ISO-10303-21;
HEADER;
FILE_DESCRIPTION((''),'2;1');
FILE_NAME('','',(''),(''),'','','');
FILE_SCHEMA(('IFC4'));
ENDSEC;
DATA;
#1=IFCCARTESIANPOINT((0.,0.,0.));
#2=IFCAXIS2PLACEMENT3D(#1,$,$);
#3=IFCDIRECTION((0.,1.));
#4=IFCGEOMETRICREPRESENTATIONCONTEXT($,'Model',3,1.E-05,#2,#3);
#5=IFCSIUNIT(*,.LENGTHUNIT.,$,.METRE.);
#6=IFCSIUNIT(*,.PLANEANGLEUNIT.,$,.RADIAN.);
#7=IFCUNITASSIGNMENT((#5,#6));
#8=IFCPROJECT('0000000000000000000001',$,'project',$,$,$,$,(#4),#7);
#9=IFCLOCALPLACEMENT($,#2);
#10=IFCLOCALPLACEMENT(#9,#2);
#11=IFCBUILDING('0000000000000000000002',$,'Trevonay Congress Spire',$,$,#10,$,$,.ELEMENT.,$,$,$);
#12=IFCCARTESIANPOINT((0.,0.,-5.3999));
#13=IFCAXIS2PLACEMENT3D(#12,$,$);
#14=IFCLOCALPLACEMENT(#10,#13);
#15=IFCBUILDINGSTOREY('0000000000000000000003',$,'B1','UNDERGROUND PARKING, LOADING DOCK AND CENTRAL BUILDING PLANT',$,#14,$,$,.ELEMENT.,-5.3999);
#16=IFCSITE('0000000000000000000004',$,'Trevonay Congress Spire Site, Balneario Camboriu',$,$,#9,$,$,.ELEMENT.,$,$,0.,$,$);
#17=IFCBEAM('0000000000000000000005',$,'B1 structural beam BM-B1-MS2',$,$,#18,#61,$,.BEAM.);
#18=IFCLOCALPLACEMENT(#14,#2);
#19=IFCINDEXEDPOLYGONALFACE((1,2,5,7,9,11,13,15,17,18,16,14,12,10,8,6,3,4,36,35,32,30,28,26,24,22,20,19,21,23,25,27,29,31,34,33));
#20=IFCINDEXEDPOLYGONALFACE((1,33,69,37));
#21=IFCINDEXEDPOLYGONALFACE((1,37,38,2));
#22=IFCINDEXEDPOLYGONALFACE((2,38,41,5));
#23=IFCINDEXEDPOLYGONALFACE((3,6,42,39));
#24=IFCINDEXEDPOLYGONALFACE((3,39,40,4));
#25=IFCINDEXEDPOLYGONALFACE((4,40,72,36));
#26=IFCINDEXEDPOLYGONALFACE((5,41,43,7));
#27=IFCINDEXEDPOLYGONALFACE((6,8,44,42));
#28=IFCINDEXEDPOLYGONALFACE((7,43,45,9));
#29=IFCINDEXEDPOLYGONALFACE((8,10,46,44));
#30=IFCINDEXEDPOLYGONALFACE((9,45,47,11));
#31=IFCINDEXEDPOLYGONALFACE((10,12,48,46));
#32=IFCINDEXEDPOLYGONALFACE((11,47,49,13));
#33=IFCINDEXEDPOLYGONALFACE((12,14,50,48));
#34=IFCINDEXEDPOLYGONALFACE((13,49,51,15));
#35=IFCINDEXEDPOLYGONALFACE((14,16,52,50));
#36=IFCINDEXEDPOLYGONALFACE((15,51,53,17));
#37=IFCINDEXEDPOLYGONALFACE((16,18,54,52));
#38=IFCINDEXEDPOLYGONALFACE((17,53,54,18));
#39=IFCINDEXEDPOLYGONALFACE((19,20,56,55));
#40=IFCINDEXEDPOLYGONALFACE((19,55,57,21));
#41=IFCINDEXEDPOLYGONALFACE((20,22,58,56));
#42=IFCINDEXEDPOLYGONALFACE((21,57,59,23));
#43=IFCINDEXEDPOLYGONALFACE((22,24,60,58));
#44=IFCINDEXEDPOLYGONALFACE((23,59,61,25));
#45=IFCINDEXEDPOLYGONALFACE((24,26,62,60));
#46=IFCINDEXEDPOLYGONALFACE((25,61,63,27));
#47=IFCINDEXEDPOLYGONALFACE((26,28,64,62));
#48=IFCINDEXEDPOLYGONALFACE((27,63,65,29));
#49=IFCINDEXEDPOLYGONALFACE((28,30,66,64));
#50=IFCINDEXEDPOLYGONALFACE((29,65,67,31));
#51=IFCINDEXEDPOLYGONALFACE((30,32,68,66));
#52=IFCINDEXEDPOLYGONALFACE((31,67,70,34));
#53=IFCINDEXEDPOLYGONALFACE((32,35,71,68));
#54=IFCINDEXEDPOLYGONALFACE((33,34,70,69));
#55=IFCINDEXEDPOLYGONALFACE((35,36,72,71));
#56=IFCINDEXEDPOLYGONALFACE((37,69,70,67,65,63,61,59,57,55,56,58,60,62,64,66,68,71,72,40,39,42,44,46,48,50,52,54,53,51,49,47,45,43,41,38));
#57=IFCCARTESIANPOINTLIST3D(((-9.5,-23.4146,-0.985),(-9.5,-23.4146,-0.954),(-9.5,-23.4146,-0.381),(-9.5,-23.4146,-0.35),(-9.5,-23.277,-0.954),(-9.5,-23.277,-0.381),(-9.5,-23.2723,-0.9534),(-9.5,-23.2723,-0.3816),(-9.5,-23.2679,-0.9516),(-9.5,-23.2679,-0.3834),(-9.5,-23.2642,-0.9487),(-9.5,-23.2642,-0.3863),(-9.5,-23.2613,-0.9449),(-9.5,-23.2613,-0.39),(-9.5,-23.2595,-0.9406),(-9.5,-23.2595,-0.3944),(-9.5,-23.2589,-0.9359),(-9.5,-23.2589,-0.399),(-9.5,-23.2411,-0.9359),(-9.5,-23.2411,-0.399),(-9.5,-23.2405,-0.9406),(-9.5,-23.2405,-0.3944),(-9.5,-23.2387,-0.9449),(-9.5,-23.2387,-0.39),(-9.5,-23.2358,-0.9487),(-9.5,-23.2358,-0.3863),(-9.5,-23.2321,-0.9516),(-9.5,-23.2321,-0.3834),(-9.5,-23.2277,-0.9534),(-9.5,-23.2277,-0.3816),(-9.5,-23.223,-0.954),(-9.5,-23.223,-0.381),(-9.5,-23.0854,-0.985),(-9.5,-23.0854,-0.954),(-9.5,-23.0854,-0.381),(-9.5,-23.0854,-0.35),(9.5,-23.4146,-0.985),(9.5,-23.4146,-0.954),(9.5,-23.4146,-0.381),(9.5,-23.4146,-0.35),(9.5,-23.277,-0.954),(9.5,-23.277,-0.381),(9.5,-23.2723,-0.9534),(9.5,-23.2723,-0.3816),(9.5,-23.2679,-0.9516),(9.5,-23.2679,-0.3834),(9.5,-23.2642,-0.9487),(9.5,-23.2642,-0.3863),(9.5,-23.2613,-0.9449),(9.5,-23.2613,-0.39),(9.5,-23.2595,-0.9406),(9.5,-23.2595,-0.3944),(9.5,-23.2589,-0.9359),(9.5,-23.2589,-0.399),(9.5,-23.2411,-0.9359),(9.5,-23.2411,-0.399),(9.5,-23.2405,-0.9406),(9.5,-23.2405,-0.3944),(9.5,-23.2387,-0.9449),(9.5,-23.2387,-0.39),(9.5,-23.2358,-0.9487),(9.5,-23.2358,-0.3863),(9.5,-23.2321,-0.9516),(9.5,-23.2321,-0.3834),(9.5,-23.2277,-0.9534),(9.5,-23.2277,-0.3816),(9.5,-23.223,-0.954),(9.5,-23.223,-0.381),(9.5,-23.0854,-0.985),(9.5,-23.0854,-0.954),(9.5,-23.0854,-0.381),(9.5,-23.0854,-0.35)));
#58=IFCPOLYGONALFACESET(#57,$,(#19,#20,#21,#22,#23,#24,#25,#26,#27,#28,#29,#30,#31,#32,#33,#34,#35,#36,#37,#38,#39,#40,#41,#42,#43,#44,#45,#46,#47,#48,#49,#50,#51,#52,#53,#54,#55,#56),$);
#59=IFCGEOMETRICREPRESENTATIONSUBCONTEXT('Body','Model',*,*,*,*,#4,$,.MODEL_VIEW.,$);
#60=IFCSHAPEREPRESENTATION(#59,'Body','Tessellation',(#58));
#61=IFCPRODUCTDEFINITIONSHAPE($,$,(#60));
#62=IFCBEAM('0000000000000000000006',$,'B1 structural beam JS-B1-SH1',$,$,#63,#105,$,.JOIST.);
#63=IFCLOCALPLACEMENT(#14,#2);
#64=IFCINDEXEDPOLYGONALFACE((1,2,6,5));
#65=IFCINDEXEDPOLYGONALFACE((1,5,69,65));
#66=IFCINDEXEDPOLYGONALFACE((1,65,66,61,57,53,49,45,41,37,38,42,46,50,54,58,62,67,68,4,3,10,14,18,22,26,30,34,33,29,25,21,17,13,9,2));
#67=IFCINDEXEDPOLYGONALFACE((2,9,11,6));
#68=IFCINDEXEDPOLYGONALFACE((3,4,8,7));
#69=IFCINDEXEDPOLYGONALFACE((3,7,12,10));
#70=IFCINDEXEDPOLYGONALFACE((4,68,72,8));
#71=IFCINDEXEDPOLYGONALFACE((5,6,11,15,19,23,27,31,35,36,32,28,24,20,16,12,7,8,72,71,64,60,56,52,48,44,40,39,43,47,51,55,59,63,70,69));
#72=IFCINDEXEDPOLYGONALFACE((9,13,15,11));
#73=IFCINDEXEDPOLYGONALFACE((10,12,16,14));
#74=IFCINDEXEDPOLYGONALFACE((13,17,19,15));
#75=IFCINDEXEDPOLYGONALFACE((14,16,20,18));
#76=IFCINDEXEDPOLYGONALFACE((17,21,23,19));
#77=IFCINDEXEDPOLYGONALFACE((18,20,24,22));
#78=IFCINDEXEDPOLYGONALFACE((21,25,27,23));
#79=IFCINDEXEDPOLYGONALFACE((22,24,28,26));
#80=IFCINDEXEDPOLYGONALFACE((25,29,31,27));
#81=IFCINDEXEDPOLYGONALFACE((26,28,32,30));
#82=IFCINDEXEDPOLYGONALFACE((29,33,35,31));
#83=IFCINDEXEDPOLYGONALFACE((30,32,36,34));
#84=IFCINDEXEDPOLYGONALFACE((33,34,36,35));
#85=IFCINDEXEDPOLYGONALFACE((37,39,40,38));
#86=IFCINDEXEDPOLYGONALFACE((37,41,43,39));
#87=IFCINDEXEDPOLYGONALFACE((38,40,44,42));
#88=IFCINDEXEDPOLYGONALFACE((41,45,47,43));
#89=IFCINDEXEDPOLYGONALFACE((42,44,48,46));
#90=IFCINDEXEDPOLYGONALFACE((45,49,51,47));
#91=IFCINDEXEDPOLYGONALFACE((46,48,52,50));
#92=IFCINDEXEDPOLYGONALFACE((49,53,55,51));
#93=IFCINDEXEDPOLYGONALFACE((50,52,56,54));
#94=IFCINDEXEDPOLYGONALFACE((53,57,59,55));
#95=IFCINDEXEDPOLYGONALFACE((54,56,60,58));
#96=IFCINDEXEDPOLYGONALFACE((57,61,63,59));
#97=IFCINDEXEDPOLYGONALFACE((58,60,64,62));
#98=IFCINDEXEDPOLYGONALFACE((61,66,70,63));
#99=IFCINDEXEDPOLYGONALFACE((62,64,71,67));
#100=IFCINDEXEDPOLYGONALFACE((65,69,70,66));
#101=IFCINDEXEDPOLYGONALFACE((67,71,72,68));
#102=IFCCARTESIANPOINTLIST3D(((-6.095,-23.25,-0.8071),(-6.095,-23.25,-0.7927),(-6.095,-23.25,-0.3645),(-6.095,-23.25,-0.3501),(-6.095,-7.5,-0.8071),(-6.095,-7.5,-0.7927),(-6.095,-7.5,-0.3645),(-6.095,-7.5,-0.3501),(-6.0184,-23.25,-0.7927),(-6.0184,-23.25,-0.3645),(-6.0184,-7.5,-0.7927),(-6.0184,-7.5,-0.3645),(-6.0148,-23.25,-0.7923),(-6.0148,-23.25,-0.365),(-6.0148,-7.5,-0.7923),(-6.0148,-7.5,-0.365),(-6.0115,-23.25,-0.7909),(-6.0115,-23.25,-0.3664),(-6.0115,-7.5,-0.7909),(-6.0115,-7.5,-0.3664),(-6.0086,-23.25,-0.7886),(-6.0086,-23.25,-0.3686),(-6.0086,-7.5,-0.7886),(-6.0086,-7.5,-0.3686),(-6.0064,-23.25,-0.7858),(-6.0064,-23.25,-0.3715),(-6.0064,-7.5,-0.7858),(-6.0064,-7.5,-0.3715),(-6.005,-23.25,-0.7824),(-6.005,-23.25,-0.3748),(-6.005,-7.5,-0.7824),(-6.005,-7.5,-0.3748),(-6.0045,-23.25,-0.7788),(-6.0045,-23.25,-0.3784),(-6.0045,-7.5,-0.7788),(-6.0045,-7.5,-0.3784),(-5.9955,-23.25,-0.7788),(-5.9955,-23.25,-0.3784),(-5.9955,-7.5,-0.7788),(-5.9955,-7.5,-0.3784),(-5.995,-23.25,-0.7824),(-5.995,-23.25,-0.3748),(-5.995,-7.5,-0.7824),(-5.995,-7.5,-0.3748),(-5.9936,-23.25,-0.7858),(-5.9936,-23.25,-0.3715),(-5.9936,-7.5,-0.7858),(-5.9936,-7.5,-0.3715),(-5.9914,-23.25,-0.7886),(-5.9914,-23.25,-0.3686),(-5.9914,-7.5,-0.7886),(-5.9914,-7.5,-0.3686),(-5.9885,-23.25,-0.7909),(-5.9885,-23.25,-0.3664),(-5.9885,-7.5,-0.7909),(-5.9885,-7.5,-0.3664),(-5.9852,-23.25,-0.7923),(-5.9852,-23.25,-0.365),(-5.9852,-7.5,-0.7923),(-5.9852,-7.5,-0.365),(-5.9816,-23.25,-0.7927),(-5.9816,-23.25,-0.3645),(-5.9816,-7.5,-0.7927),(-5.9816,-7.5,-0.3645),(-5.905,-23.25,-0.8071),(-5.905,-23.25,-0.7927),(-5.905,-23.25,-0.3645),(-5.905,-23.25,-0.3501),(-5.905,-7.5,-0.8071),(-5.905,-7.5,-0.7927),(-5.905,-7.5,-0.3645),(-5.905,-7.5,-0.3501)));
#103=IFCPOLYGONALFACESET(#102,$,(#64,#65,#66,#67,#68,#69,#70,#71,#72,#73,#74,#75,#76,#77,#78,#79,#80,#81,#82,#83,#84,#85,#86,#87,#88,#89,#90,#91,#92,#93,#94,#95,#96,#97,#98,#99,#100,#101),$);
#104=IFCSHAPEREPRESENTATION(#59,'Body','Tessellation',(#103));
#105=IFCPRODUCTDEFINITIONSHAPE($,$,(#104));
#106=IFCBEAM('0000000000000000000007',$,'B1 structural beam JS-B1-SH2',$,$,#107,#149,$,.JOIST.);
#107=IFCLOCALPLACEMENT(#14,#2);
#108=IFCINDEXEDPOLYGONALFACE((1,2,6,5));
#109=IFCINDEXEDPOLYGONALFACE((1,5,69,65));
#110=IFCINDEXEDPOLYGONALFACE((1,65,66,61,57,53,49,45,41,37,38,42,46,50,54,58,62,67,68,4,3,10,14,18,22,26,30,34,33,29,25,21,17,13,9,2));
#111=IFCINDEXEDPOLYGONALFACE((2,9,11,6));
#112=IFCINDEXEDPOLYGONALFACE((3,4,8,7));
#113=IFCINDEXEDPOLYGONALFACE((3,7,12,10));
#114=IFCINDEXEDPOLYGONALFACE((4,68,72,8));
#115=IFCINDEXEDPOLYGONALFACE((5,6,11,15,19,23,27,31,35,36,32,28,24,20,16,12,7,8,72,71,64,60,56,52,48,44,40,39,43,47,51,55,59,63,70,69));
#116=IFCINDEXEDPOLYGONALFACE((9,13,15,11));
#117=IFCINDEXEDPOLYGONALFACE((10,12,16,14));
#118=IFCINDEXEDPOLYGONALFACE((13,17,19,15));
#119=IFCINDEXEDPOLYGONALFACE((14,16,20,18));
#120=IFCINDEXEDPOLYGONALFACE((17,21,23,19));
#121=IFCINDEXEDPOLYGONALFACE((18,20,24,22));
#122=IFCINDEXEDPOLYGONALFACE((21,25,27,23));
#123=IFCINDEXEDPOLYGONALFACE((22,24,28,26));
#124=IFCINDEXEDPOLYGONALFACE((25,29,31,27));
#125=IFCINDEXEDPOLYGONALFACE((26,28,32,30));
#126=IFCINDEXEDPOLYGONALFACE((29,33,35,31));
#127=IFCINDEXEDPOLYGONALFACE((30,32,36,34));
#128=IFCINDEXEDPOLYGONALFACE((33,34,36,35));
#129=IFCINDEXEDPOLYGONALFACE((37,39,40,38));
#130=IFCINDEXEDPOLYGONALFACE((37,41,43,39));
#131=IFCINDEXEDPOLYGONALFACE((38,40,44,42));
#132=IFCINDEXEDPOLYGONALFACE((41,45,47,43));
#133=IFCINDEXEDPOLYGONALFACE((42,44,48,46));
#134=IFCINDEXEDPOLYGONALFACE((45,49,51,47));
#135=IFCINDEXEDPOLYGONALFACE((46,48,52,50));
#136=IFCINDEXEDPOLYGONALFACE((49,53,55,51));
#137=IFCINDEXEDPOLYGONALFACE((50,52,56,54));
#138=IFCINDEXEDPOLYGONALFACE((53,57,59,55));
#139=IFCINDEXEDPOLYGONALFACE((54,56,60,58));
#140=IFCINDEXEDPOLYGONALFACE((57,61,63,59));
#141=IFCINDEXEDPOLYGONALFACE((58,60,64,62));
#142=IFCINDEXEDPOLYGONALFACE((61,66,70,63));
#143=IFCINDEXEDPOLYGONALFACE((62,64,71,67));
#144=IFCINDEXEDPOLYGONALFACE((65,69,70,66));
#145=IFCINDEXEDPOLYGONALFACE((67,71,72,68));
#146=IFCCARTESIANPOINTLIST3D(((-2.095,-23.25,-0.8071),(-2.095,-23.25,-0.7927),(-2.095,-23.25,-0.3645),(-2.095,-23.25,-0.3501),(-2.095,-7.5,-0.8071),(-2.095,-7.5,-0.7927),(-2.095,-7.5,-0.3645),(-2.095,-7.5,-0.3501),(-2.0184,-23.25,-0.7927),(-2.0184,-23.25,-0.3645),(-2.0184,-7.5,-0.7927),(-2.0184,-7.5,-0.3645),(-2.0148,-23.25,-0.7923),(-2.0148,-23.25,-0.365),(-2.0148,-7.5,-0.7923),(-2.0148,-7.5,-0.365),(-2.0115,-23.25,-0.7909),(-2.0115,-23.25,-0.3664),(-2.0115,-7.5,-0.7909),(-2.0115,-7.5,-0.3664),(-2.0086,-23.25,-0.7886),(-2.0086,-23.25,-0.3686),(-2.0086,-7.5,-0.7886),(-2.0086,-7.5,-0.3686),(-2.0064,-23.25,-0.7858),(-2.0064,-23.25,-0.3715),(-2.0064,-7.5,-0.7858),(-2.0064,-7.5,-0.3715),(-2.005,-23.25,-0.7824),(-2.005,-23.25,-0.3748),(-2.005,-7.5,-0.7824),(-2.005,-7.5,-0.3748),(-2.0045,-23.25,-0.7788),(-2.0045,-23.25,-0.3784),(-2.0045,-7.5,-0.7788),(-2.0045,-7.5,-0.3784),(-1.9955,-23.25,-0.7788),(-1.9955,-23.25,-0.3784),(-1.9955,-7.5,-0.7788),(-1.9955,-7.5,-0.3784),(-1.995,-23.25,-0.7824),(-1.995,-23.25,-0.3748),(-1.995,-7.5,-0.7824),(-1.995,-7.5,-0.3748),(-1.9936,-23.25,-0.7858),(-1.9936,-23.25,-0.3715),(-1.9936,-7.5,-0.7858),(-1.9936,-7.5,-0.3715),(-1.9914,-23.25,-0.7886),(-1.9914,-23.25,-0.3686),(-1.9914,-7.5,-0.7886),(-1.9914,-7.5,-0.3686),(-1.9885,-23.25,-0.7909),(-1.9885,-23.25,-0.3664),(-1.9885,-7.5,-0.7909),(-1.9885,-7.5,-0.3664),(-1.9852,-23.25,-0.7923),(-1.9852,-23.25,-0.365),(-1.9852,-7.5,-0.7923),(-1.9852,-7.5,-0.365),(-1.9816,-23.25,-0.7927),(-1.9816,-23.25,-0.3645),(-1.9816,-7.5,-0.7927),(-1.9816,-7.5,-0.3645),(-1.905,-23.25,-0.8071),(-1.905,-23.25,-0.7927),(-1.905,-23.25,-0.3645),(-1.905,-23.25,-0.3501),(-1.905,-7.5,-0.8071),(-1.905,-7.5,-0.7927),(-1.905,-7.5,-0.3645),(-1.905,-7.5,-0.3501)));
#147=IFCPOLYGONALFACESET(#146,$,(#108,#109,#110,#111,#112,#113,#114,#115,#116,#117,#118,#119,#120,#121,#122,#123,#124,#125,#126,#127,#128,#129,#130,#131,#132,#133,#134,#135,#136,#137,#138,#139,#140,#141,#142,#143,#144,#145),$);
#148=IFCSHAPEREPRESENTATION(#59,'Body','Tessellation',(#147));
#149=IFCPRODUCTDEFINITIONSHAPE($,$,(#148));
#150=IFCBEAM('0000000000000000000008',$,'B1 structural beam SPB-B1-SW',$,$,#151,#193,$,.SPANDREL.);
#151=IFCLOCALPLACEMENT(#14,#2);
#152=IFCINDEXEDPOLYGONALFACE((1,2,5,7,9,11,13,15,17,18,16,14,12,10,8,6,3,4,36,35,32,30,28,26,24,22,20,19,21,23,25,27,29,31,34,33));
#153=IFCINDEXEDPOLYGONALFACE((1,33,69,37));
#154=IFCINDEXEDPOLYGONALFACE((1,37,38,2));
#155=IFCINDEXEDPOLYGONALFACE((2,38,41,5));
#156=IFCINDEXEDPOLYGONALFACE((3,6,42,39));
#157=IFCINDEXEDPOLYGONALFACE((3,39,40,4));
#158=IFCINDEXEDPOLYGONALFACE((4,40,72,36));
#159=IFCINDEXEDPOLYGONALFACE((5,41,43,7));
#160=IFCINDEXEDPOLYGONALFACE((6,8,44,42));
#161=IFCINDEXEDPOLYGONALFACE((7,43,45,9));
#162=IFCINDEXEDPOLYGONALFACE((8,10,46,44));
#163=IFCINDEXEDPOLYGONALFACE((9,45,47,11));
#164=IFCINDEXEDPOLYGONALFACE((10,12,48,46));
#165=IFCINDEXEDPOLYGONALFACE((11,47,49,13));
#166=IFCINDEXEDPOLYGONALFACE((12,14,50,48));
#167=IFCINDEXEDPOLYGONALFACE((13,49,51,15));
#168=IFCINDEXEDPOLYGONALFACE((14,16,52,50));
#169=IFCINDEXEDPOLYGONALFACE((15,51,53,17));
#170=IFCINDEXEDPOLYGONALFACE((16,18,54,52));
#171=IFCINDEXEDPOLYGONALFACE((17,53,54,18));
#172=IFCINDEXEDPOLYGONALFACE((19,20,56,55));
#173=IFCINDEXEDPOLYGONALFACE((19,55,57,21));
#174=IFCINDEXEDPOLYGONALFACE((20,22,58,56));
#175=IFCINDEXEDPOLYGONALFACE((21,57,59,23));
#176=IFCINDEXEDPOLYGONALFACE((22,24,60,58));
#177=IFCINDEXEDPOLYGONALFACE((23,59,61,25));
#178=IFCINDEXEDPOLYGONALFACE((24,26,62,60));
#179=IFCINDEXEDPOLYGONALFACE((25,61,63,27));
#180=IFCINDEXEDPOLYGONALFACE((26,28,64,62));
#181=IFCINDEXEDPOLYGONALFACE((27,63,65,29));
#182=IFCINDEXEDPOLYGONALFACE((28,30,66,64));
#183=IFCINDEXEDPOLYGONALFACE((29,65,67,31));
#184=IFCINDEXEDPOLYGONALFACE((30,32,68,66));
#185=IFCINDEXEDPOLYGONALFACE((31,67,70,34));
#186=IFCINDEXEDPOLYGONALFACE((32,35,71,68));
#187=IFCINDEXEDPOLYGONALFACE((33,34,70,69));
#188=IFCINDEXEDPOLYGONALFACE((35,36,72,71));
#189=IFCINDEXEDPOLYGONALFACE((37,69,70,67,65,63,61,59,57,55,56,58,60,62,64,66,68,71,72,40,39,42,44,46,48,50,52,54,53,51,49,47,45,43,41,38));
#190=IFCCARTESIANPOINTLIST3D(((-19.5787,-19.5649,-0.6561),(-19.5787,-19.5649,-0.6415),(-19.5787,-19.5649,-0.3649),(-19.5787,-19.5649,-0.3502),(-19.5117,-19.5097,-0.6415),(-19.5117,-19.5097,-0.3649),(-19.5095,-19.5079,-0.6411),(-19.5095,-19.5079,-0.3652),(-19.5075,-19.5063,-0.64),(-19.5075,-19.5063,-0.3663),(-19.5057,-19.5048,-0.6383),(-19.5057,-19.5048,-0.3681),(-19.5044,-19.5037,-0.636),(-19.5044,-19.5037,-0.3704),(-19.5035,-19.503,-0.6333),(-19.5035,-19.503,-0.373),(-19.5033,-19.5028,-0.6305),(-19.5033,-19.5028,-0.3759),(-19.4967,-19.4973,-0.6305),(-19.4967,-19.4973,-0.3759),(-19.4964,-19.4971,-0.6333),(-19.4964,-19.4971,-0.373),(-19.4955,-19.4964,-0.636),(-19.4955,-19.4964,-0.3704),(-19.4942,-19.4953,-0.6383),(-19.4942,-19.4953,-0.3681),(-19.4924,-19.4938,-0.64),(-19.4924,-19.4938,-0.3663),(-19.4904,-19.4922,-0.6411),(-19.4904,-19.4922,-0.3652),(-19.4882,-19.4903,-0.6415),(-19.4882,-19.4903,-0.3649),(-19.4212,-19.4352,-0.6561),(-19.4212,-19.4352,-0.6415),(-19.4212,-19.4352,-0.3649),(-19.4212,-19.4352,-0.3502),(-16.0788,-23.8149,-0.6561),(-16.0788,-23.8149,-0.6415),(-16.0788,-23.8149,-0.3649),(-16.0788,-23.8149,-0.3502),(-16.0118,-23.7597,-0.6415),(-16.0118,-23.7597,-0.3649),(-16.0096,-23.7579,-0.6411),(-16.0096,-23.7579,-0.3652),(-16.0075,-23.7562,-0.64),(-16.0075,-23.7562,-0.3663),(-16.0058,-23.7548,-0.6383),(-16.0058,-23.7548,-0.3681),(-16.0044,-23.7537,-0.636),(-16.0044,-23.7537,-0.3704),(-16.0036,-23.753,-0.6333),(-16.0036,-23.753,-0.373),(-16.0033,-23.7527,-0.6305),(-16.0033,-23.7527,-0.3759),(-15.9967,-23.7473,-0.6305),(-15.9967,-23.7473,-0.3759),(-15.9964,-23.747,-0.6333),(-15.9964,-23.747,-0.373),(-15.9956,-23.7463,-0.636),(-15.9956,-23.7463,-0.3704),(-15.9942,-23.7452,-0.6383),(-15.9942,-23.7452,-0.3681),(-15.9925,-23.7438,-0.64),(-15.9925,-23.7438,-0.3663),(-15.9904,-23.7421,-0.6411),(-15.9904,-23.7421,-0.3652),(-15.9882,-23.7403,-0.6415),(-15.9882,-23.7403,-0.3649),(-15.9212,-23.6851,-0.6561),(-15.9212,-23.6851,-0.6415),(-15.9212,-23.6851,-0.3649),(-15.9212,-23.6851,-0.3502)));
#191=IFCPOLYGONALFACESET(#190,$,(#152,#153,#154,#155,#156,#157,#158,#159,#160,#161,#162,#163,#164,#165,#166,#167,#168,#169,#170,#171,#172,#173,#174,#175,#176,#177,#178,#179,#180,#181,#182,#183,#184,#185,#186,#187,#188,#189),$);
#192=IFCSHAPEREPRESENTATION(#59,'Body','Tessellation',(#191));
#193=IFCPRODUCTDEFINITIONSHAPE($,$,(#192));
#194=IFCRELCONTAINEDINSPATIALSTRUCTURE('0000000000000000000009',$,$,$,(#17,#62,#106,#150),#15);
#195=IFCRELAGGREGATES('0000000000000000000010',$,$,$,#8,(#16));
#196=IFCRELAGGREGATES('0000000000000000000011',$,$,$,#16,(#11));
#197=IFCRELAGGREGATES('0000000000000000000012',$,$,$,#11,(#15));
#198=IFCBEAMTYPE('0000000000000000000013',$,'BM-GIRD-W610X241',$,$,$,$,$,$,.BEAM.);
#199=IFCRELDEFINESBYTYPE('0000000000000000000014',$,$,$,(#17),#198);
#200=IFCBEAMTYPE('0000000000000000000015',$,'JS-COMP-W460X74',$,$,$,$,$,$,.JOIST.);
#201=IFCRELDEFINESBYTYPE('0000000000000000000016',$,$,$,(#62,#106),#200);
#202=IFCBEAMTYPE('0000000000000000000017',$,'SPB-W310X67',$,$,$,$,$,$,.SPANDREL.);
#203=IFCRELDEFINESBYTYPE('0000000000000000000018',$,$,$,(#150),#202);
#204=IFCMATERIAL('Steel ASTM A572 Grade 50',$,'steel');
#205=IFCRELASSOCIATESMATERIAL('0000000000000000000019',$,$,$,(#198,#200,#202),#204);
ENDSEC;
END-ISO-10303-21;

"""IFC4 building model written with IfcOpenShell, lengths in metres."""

from ifc_helpers import new_model, si_unit, direction, frame, origin, origin_2d, place, context, subcontext, project, spatial, i_section, extrude, material, material_profile, profile_set, type_object, element, save


model = new_model("IFC4")

# Units and contexts
model_context = context("Model", 3, precision=1e-05, world=origin(), true_north=direction((0.0, 1.0)))
body_context = subcontext(model_context, "Body", "Model", "MODEL_VIEW")
ifc_project = project(units=[si_unit("LENGTHUNIT", "METRE"), si_unit("PLANEANGLEUNIT", "RADIAN")], contexts=[model_context])

# Site, building, storey
site_placement = place(None, origin())
site = spatial("IfcSite", under=ifc_project, at=site_placement, Name="Trevonay Congress Spire Site, Balneario Camboriu", CompositionType="ELEMENT", RefElevation=0.0)
building_placement = place(site_placement, origin())
building = spatial("IfcBuilding", under=site, at=building_placement, Name="Trevonay Congress Spire", CompositionType="ELEMENT")
storey_placement = place(building_placement, frame((0.0, 0.0, -5.3999)))
storey = spatial("IfcBuildingStorey", under=building, at=storey_placement, Name="B1", Description="UNDERGROUND PARKING, LOADING DOCK AND CENTRAL BUILDING PLANT", CompositionType="ELEMENT", Elevation=-5.3999)

# Shared definitions
ifc_material_1 = material(Name="Steel ASTM A572 Grade 50", Category="steel")

# Beams
ifc_material_profile_1 = material_profile(ifc_material_1, i_section(OverallWidth=0.3291, OverallDepth=0.635, WebThickness=0.0178, FlangeThickness=0.031, FilletRadius=0.0181, at=origin_2d()), Name="W610x241")
ifc_profile_set_1 = profile_set([ifc_material_profile_1], Name="Steel ASTM A572 Grade 50")
beam_type_1 = type_object("IfcBeamType", Name="BM-GIRD-W610X241", PredefinedType="BEAM", material=ifc_profile_set_1)
beam_1_placement = place(storey_placement, frame((-9.5, -23.25, -0.6675), z_axis=(1.0, 0.0, 0.0), x_axis=(0.0, 1.0, 0.0)))
element("IfcBeam", 1, at=beam_1_placement, inside=storey, type_object=beam_type_1, Name="B1 structural beam BM-B1-MS2", PredefinedType="BEAM", context=body_context, shape_type="SweptSolid", body=[
    extrude(i_section(OverallWidth=0.3291, OverallDepth=0.635, WebThickness=0.0178, FlangeThickness=0.031, FilletRadius=0.0181, at=origin_2d()), origin(), (0.0, 0.0, 1.0), 19.0),
])
ifc_material_profile_2 = material_profile(ifc_material_1, i_section(OverallWidth=0.1899, OverallDepth=0.457, WebThickness=0.009, FlangeThickness=0.0144, FilletRadius=0.0139, at=origin_2d()), Name="W460x74")
ifc_profile_set_2 = profile_set([ifc_material_profile_2], Name="Steel ASTM A572 Grade 50")
beam_type_2 = type_object("IfcBeamType", Name="JS-COMP-W460X74", PredefinedType="JOIST", material=ifc_profile_set_2)
for number, where, z_axis, x_axis, name in (
    (2, (-6.0, -23.25, -0.5786), (0.0, 1.0, 0.0), (-1.0, 0.0, 0.0), "B1 structural beam JS-B1-SH1"),
    (3, (-2.0, -23.25, -0.5786), (0.0, 1.0, 0.0), (-1.0, 0.0, 0.0), "B1 structural beam JS-B1-SH2"),
):
    element("IfcBeam", number, at=place(storey_placement, frame(where, z_axis=z_axis, x_axis=x_axis)), inside=storey, type_object=beam_type_2, Name=name, PredefinedType="JOIST", context=body_context, shape_type="SweptSolid", body=[
        extrude(i_section(OverallWidth=0.1899, OverallDepth=0.457, WebThickness=0.009, FlangeThickness=0.0144, FilletRadius=0.0139, at=origin_2d()), origin(), (0.0, 0.0, 1.0), 15.75),
    ])
ifc_material_profile_3 = material_profile(ifc_material_1, i_section(OverallWidth=0.2041, OverallDepth=0.3059, WebThickness=0.0085, FlangeThickness=0.0146, FilletRadius=0.011, at=origin_2d()), Name="W310x67")
ifc_profile_set_3 = profile_set([ifc_material_profile_3], Name="Steel ASTM A572 Grade 50")
beam_type_3 = type_object("IfcBeamType", Name="SPB-W310X67", PredefinedType="SPANDREL", material=ifc_profile_set_3)
beam_2_placement = place(storey_placement, frame((-16.0, -23.75, -0.5032), z_axis=(-0.635707, 0.77193, 0.0), x_axis=(-0.77193, -0.635707, 0.0)))
element("IfcBeam", 4, at=beam_2_placement, inside=storey, type_object=beam_type_3, Name="B1 structural beam SPB-B1-SW", PredefinedType="SPANDREL", context=body_context, shape_type="SweptSolid", body=[
    extrude(i_section(OverallWidth=0.2041, OverallDepth=0.3059, WebThickness=0.0085, FlangeThickness=0.0146, FilletRadius=0.011, at=origin_2d()), origin(), (0.0, 0.0, 1.0), 5.5056),
])

save(model, "model.ifc")
